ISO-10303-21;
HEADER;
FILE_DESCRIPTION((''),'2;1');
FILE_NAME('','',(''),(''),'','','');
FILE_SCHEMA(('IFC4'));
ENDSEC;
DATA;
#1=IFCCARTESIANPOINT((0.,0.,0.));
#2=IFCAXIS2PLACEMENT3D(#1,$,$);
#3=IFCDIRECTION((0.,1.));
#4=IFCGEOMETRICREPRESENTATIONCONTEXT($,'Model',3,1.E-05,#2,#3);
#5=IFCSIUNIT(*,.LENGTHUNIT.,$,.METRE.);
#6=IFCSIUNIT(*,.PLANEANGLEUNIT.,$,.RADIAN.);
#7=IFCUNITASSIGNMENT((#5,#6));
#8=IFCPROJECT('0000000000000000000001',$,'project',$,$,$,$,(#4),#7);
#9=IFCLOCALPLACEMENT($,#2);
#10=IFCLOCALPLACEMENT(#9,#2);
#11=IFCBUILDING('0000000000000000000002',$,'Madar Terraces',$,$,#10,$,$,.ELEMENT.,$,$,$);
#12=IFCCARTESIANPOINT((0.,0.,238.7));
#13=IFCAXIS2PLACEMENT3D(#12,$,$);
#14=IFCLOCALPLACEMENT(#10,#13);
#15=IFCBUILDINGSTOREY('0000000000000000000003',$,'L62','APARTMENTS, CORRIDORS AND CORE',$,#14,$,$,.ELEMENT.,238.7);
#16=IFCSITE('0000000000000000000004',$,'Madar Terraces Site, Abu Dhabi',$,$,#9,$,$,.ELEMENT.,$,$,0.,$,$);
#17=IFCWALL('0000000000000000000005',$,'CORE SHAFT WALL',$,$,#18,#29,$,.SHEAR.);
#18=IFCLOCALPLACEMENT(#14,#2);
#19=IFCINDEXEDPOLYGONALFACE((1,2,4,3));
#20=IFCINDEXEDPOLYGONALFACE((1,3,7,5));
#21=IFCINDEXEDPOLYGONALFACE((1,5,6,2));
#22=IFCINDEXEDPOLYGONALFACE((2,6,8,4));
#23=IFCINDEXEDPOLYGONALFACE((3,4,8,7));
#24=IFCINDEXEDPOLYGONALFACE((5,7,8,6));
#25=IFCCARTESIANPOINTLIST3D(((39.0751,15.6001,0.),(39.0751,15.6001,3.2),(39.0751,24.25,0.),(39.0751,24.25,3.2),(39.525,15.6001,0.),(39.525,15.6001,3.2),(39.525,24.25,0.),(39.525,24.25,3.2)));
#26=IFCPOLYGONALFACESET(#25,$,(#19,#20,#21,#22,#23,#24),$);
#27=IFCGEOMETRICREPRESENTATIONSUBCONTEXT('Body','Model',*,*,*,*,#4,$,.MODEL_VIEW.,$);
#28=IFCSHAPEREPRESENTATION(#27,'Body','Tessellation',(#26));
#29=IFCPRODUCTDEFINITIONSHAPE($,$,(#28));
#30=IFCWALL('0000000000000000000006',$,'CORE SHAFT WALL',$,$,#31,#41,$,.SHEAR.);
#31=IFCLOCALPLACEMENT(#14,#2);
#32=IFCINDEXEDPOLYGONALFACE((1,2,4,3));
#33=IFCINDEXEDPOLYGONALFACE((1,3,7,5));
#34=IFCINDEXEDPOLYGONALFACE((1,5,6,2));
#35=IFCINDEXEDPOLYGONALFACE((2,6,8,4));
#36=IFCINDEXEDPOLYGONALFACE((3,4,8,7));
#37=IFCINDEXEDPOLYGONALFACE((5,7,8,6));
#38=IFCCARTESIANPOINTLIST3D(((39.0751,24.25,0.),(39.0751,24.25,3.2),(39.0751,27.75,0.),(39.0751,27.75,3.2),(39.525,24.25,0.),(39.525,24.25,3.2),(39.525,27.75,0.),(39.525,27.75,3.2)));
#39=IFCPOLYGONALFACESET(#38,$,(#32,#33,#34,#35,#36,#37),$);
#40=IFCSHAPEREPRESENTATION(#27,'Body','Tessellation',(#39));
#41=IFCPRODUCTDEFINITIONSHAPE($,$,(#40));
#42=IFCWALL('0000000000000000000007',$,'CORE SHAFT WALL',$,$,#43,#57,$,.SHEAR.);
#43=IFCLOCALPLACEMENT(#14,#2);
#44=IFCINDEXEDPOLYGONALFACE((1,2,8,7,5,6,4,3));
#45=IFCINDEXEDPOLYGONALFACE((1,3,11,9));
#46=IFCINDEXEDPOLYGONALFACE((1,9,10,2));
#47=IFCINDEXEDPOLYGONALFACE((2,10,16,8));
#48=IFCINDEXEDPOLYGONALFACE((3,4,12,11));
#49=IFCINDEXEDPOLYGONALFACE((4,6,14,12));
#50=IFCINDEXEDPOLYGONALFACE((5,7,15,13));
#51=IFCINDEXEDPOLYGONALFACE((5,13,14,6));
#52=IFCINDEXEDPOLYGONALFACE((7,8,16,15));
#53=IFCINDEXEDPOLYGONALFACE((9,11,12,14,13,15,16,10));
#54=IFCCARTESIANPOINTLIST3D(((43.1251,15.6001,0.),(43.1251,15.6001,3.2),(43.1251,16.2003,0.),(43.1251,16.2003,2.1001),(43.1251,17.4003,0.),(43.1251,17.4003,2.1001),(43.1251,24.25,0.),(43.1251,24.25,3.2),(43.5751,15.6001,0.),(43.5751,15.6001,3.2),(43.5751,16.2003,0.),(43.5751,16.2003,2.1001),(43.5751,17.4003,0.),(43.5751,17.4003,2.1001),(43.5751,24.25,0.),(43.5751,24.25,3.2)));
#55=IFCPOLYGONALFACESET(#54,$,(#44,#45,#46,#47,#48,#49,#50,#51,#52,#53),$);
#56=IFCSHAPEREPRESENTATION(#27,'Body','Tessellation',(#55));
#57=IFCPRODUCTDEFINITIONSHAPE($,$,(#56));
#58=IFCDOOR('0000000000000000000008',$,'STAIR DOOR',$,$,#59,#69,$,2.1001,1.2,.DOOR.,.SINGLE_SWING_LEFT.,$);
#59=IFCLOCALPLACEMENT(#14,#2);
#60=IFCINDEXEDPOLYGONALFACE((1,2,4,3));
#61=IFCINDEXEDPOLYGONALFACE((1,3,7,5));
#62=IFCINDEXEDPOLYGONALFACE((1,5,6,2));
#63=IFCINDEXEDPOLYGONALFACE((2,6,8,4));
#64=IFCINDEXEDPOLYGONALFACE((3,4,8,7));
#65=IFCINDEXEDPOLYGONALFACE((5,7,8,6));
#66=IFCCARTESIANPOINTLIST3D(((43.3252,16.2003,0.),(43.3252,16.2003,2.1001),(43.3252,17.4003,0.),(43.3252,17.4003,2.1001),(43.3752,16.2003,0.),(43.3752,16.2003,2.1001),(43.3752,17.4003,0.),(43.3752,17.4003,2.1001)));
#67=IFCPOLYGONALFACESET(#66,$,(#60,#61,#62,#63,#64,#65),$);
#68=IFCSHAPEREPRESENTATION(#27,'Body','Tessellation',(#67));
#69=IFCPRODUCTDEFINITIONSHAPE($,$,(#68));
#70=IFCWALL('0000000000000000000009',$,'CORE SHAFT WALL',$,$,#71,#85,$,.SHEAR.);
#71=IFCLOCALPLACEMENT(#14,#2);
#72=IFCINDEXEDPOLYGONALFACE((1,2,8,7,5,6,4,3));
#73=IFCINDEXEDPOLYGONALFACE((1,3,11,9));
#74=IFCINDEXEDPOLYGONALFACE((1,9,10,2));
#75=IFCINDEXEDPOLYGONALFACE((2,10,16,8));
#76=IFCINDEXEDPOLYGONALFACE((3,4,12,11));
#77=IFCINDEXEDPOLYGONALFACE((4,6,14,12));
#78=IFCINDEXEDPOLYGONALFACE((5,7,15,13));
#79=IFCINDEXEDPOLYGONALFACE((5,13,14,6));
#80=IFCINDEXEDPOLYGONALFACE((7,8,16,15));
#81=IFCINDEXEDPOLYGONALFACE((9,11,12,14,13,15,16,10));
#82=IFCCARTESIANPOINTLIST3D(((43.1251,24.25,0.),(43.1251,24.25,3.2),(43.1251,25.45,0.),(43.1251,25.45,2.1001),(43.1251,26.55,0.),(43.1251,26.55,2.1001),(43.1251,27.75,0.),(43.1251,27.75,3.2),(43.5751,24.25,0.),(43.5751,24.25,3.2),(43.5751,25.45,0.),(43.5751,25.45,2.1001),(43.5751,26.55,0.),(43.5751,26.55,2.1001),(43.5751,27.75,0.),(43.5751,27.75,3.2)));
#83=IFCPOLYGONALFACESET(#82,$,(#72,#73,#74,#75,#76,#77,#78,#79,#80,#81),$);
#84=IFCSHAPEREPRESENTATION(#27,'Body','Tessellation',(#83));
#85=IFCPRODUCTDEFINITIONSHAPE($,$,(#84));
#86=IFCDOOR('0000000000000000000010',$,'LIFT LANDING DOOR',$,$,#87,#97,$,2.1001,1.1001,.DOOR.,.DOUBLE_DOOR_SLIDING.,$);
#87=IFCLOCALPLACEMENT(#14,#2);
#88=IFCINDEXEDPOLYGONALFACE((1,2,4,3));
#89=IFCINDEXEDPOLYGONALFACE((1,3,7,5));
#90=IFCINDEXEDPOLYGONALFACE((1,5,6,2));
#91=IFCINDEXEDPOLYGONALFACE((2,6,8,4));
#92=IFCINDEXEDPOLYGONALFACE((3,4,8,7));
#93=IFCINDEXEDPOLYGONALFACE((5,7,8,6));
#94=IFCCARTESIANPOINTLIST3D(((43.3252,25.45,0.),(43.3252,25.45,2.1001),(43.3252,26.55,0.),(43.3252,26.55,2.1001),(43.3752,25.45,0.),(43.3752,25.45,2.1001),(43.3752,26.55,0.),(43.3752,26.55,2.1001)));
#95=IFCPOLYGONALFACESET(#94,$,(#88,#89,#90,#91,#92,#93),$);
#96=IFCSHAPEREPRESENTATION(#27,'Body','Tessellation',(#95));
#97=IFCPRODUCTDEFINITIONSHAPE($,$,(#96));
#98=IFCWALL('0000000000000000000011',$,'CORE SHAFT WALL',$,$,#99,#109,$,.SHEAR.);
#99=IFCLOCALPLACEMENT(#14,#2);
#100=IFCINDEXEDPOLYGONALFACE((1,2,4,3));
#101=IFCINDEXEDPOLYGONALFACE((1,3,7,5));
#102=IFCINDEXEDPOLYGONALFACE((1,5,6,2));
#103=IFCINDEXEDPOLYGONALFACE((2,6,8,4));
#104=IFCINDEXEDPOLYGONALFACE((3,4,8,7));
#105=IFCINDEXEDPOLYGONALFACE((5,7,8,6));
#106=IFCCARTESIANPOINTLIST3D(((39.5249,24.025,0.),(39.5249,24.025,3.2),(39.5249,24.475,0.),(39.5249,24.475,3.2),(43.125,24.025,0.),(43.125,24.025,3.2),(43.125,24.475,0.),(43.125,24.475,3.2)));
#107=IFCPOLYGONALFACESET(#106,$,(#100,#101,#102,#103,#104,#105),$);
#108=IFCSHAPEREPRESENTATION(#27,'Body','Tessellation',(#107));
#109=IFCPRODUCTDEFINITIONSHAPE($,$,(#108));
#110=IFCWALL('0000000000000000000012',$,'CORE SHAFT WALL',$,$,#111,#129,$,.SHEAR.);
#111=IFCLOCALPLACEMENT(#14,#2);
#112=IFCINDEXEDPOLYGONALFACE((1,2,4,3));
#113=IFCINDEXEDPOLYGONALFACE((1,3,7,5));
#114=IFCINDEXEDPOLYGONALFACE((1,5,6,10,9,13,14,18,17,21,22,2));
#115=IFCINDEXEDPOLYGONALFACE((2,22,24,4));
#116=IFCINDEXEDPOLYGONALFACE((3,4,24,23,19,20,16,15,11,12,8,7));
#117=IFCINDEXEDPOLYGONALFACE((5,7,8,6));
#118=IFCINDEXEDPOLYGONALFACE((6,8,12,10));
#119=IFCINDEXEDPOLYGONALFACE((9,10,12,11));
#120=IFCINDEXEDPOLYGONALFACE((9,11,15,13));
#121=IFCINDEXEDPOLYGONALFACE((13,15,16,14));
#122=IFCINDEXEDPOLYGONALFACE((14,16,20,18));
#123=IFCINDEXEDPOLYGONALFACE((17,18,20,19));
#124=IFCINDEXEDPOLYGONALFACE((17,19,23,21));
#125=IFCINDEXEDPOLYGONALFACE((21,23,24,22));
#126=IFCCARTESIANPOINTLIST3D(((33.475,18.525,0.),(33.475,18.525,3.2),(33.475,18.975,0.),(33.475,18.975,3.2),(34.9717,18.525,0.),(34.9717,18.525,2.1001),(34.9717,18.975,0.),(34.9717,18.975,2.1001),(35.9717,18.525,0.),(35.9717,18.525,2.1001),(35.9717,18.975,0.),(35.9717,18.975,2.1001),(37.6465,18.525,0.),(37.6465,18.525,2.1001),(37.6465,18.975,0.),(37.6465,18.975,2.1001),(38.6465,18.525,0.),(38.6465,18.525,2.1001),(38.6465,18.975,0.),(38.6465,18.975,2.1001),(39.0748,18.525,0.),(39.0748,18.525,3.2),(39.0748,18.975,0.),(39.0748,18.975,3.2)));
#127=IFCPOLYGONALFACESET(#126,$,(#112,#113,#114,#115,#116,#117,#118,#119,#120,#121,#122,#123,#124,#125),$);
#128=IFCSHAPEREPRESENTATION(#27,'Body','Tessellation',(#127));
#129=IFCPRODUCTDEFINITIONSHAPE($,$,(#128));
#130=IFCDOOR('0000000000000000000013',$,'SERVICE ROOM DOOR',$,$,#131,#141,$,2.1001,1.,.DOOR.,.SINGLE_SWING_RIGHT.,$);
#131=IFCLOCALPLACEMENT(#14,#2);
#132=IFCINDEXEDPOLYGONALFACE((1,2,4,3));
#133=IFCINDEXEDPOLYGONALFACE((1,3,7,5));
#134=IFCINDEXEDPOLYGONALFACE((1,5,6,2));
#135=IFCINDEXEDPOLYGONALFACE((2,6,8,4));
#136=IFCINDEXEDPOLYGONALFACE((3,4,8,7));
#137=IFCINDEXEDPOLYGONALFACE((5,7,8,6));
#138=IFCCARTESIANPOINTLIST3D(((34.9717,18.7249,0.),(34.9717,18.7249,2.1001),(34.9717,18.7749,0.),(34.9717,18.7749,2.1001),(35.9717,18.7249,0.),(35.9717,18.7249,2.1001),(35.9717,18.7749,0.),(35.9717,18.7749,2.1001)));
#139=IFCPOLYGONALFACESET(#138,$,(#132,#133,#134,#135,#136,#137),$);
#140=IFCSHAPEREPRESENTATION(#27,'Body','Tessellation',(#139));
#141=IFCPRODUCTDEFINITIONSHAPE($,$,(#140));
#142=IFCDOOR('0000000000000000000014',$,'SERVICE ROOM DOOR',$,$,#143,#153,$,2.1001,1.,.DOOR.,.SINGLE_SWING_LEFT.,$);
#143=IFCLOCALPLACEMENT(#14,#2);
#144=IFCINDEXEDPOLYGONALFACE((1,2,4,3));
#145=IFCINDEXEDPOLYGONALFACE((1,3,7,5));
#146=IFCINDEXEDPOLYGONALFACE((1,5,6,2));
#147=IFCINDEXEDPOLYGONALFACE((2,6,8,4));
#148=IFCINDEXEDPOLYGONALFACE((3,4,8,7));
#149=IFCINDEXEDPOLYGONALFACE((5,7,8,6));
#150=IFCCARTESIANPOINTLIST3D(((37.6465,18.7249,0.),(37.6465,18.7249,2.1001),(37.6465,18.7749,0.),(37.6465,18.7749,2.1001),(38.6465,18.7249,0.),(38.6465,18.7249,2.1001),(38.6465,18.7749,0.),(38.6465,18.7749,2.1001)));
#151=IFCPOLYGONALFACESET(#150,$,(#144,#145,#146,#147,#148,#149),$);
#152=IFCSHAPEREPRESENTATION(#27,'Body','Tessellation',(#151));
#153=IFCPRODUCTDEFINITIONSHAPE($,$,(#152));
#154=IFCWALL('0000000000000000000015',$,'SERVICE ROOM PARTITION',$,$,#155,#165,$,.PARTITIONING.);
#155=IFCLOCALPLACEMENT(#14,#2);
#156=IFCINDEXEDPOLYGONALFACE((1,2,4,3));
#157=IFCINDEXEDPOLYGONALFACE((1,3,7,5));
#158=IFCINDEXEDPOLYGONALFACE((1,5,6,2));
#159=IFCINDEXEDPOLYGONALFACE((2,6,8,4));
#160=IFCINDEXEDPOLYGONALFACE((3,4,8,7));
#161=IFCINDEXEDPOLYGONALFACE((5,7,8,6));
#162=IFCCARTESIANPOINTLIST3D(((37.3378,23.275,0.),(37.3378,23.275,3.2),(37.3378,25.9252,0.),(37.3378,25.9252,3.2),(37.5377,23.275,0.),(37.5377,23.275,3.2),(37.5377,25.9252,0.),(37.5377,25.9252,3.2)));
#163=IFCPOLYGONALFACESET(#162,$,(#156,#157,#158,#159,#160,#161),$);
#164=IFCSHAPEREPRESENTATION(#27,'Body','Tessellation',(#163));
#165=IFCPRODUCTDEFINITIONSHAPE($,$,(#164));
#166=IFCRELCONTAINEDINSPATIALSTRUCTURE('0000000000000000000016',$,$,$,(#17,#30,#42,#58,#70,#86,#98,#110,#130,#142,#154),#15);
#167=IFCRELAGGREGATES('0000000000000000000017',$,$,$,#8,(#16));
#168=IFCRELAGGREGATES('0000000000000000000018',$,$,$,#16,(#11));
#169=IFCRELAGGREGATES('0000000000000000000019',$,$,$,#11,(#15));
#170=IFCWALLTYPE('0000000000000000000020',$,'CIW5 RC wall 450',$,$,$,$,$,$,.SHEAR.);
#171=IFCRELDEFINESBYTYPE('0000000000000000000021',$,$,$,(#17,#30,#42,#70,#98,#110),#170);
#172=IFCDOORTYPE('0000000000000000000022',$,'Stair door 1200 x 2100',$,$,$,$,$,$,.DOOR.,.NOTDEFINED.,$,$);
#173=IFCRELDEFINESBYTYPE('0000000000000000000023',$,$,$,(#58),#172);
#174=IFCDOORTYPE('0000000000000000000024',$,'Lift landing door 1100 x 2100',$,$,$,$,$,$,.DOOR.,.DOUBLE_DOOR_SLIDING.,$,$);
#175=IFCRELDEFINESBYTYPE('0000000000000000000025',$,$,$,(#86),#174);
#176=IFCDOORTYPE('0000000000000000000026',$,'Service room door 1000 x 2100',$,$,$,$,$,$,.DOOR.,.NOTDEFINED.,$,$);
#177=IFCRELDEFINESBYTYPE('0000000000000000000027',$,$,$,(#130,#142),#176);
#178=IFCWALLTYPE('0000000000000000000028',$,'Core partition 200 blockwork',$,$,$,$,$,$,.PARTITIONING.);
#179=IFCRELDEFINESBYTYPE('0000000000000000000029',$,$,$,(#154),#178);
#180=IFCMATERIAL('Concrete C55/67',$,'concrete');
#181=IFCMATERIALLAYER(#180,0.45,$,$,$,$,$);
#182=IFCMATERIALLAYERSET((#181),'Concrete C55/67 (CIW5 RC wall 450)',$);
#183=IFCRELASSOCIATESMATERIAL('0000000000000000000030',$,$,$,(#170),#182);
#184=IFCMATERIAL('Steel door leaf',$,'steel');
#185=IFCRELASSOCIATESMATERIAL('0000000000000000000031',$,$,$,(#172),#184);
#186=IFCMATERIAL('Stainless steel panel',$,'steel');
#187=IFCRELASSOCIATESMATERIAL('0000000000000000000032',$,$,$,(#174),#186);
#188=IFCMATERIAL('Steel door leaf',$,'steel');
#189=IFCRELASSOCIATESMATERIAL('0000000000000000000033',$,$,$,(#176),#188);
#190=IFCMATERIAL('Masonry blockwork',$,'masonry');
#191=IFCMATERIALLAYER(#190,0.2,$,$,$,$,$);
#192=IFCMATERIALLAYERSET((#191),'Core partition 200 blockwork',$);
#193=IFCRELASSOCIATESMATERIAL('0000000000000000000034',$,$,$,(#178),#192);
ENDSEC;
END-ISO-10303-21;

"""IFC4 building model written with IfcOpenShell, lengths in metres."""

from ifc_helpers import new_model, si_unit, direction, frame, frame_2d, origin, place, context, subcontext, project, spatial, rectangle, extrude, material, layer, layer_set, type_object, element, fill, save


model = new_model("IFC4")

# Units and contexts
model_context = context("Model", 3, precision=1e-05, world=origin(), true_north=direction((0.0, 1.0)))
body_context = subcontext(model_context, "Body", "Model", "MODEL_VIEW")
ifc_project = project(units=[si_unit("LENGTHUNIT", "METRE"), si_unit("PLANEANGLEUNIT", "RADIAN")], contexts=[model_context])

# Site, building, storey
site_placement = place(None, origin())
site = spatial("IfcSite", under=ifc_project, at=site_placement, Name="Madar Terraces Site, Abu Dhabi", CompositionType="ELEMENT", RefElevation=0.0)
building_placement = place(site_placement, origin())
building = spatial("IfcBuilding", under=site, at=building_placement, Name="Madar Terraces", CompositionType="ELEMENT")
storey_placement = place(building_placement, frame((0.0, 0.0, 238.7)))
storey = spatial("IfcBuildingStorey", under=building, at=storey_placement, Name="L62", Description="APARTMENTS, CORRIDORS AND CORE", CompositionType="ELEMENT", Elevation=238.7)

# Walls
ifc_material_1 = material(Name="Concrete C55/67", Category="concrete")
ifc_layer_1 = layer(ifc_material_1, 0.45)
ifc_layer_set_1 = layer_set([ifc_layer_1], Name="Concrete C55/67 (CIW5 RC wall 450)")
wall_type_1 = type_object("IfcWallType", Name="CIW5 RC wall 450", PredefinedType="SHEAR", material=ifc_layer_set_1)
wall_1_placement = place(storey_placement, frame((39.3, 15.6001, 0.0), z_axis=(0.0, 0.0, 1.0), x_axis=(0.0, 1.0, 0.0)))
element("IfcWall", 1, at=wall_1_placement, inside=storey, type_object=wall_type_1, Name="CORE SHAFT WALL", PredefinedType="SHEAR", context=body_context, shape_type="SweptSolid", body=[
    extrude(rectangle(XDim=8.6499, YDim=0.45, at=frame_2d((4.325, 0.0))), origin(), (0.0, 0.0, 1.0), 3.2),
])
wall_2_placement = place(storey_placement, frame((39.3, 24.25, 0.0), z_axis=(0.0, 0.0, 1.0), x_axis=(0.0, 1.0, 0.0)))
element("IfcWall", 2, at=wall_2_placement, inside=storey, type_object=wall_type_1, Name="CORE SHAFT WALL", PredefinedType="SHEAR", context=body_context, shape_type="SweptSolid", body=[
    extrude(rectangle(XDim=3.5, YDim=0.45, at=frame_2d((1.75, 0.0))), origin(), (0.0, 0.0, 1.0), 3.2),
])

# Walls, openings, doors
wall_3_placement = place(storey_placement, frame((43.3501, 15.6001, 0.0), z_axis=(0.0, 0.0, 1.0), x_axis=(0.0, 1.0, 0.0)))
wall_3 = element("IfcWall", 3, at=wall_3_placement, inside=storey, type_object=wall_type_1, Name="CORE SHAFT WALL", PredefinedType="SHEAR", context=body_context, shape_type="SweptSolid", body=[
    extrude(rectangle(XDim=8.6499, YDim=0.45, at=frame_2d((4.325, 0.0))), origin(), (0.0, 0.0, 1.0), 3.2),
])
opening_1_placement = place(wall_3_placement, frame((0.6001, 0.0, 0.0)))
opening_1 = element("IfcOpeningElement", 4, at=opening_1_placement, cuts=wall_3, PredefinedType="OPENING", context=body_context, shape_type="SweptSolid", body=[
    extrude(rectangle(XDim=1.2, YDim=2.1001, at=frame_2d((0.6001, 1.05))), frame((0.0, 0.2349, 0.0), z_axis=(0.0, -1.0, 0.0), x_axis=(1.0, 0.0, 0.0)), (0.0, 0.0, 1.0), 0.47),
])
ifc_material_2 = material(Name="Steel door leaf", Category="steel")
door_type_1 = type_object("IfcDoorType", Name="Stair door 1200 x 2100", OperationType="NOTDEFINED", PredefinedType="DOOR", material=ifc_material_2)
door_1_placement = place(opening_1_placement, origin())
door_1 = element("IfcDoor", 5, at=door_1_placement, inside=storey, type_object=door_type_1, Name="STAIR DOOR", OperationType="SINGLE_SWING_LEFT", OverallHeight=2.1001, OverallWidth=1.2, PredefinedType="DOOR", context=body_context, shape_type="SweptSolid", body=[
    extrude(rectangle(XDim=1.2, YDim=2.1001, at=frame_2d((0.6001, 1.05))), frame((0.0, 0.0249, 0.0), z_axis=(0.0, -1.0, 0.0), x_axis=(1.0, 0.0, 0.0)), (0.0, 0.0, 1.0), 0.05),
])
fill(opening_1, door_1)
wall_4_placement = place(storey_placement, frame((43.3501, 24.25, 0.0), z_axis=(0.0, 0.0, 1.0), x_axis=(0.0, 1.0, 0.0)))
wall_4 = element("IfcWall", 6, at=wall_4_placement, inside=storey, type_object=wall_type_1, Name="CORE SHAFT WALL", PredefinedType="SHEAR", context=body_context, shape_type="SweptSolid", body=[
    extrude(rectangle(XDim=3.5, YDim=0.45, at=frame_2d((1.75, 0.0))), origin(), (0.0, 0.0, 1.0), 3.2),
])
opening_2_placement = place(wall_4_placement, frame((1.2, 0.0, 0.0)))
opening_2 = element("IfcOpeningElement", 7, at=opening_2_placement, cuts=wall_4, PredefinedType="OPENING", context=body_context, shape_type="SweptSolid", body=[
    extrude(rectangle(XDim=1.1001, YDim=2.1001, at=frame_2d((0.55, 1.05))), frame((0.0, 0.2349, 0.0), z_axis=(0.0, -1.0, 0.0), x_axis=(1.0, 0.0, 0.0)), (0.0, 0.0, 1.0), 0.47),
])
ifc_material_3 = material(Name="Stainless steel panel", Category="steel")
door_type_2 = type_object("IfcDoorType", Name="Lift landing door 1100 x 2100", OperationType="DOUBLE_DOOR_SLIDING", PredefinedType="DOOR", material=ifc_material_3)
door_2_placement = place(opening_2_placement, origin())
door_2 = element("IfcDoor", 8, at=door_2_placement, inside=storey, type_object=door_type_2, Name="LIFT LANDING DOOR", OperationType="DOUBLE_DOOR_SLIDING", OverallHeight=2.1001, OverallWidth=1.1001, PredefinedType="DOOR", context=body_context, shape_type="SweptSolid", body=[
    extrude(rectangle(XDim=1.1001, YDim=2.1001, at=frame_2d((0.55, 1.05))), frame((0.0, 0.0249, 0.0), z_axis=(0.0, -1.0, 0.0), x_axis=(1.0, 0.0, 0.0)), (0.0, 0.0, 1.0), 0.05),
])
fill(opening_2, door_2)

# Wall
wall_5_placement = place(storey_placement, frame((39.5249, 24.25, 0.0), z_axis=(0.0, 0.0, 1.0), x_axis=(1.0, 0.0, 0.0)))
element("IfcWall", 9, at=wall_5_placement, inside=storey, type_object=wall_type_1, Name="CORE SHAFT WALL", PredefinedType="SHEAR", context=body_context, shape_type="SweptSolid", body=[
    extrude(rectangle(XDim=3.6001, YDim=0.45, at=frame_2d((1.8, 0.0))), origin(), (0.0, 0.0, 1.0), 3.2),
])

# Wall, openings, doors
wall_6_placement = place(storey_placement, frame((33.4751, 18.75, 0.0), z_axis=(0.0, 0.0, 1.0), x_axis=(1.0, 0.0, 0.0)))
wall_6 = element("IfcWall", 10, at=wall_6_placement, inside=storey, type_object=wall_type_1, Name="CORE SHAFT WALL", PredefinedType="SHEAR", context=body_context, shape_type="SweptSolid", body=[
    extrude(rectangle(XDim=5.5999, YDim=0.45, at=frame_2d((2.7998, 0.0))), origin(), (0.0, 0.0, 1.0), 3.2),
])
opening_3_placement = place(wall_6_placement, frame((1.4966, 0.0, 0.0)))
opening_3 = element("IfcOpeningElement", 11, at=opening_3_placement, cuts=wall_6, PredefinedType="OPENING", context=body_context, shape_type="SweptSolid", body=[
    extrude(rectangle(XDim=1.0, YDim=2.1001, at=frame_2d((0.5, 1.05))), frame((0.0, 0.2349, 0.0), z_axis=(0.0, -1.0, 0.0), x_axis=(1.0, 0.0, 0.0)), (0.0, 0.0, 1.0), 0.47),
])
opening_4_placement = place(wall_6_placement, frame((4.1714, 0.0, 0.0)))
opening_4 = element("IfcOpeningElement", 12, at=opening_4_placement, cuts=wall_6, PredefinedType="OPENING", context=body_context, shape_type="SweptSolid", body=[
    extrude(rectangle(XDim=1.0, YDim=2.1001, at=frame_2d((0.5, 1.05))), frame((0.0, 0.2349, 0.0), z_axis=(0.0, -1.0, 0.0), x_axis=(1.0, 0.0, 0.0)), (0.0, 0.0, 1.0), 0.47),
])
ifc_material_4 = material(Name="Steel door leaf", Category="steel")
door_type_3 = type_object("IfcDoorType", Name="Service room door 1000 x 2100", OperationType="NOTDEFINED", PredefinedType="DOOR", material=ifc_material_4)
door_3_placement = place(opening_3_placement, origin())
door_3 = element("IfcDoor", 13, at=door_3_placement, inside=storey, type_object=door_type_3, Name="SERVICE ROOM DOOR", OperationType="SINGLE_SWING_RIGHT", OverallHeight=2.1001, OverallWidth=1.0, PredefinedType="DOOR", context=body_context, shape_type="SweptSolid", body=[
    extrude(rectangle(XDim=1.0, YDim=2.1001, at=frame_2d((0.5, 1.05))), frame((0.0, 0.0249, 0.0), z_axis=(0.0, -1.0, 0.0), x_axis=(1.0, 0.0, 0.0)), (0.0, 0.0, 1.0), 0.05),
])
fill(opening_3, door_3)
door_4_placement = place(opening_4_placement, origin())
door_4 = element("IfcDoor", 14, at=door_4_placement, inside=storey, type_object=door_type_3, Name="SERVICE ROOM DOOR", OperationType="SINGLE_SWING_LEFT", OverallHeight=2.1001, OverallWidth=1.0, PredefinedType="DOOR", context=body_context, shape_type="SweptSolid", body=[
    extrude(rectangle(XDim=1.0, YDim=2.1001, at=frame_2d((0.5, 1.05))), frame((0.0, 0.0249, 0.0), z_axis=(0.0, -1.0, 0.0), x_axis=(1.0, 0.0, 0.0)), (0.0, 0.0, 1.0), 0.05),
])
fill(opening_4, door_4)

# Wall
ifc_material_5 = material(Name="Masonry blockwork", Category="masonry")
ifc_layer_2 = layer(ifc_material_5, 0.2)
ifc_layer_set_2 = layer_set([ifc_layer_2], Name="Core partition 200 blockwork")
wall_type_2 = type_object("IfcWallType", Name="Core partition 200 blockwork", PredefinedType="PARTITIONING", material=ifc_layer_set_2)
wall_7_placement = place(storey_placement, frame((37.4377, 23.2749, 0.0), z_axis=(0.0, 0.0, 1.0), x_axis=(0.0, 1.0, 0.0)))
element("IfcWall", 15, at=wall_7_placement, inside=storey, type_object=wall_type_2, Name="SERVICE ROOM PARTITION", PredefinedType="PARTITIONING", context=body_context, shape_type="SweptSolid", body=[
    extrude(rectangle(XDim=2.6501, YDim=0.2, at=frame_2d((1.3252, 0.0))), origin(), (0.0, 0.0, 1.0), 3.2),
])

save(model, "model.ifc")
